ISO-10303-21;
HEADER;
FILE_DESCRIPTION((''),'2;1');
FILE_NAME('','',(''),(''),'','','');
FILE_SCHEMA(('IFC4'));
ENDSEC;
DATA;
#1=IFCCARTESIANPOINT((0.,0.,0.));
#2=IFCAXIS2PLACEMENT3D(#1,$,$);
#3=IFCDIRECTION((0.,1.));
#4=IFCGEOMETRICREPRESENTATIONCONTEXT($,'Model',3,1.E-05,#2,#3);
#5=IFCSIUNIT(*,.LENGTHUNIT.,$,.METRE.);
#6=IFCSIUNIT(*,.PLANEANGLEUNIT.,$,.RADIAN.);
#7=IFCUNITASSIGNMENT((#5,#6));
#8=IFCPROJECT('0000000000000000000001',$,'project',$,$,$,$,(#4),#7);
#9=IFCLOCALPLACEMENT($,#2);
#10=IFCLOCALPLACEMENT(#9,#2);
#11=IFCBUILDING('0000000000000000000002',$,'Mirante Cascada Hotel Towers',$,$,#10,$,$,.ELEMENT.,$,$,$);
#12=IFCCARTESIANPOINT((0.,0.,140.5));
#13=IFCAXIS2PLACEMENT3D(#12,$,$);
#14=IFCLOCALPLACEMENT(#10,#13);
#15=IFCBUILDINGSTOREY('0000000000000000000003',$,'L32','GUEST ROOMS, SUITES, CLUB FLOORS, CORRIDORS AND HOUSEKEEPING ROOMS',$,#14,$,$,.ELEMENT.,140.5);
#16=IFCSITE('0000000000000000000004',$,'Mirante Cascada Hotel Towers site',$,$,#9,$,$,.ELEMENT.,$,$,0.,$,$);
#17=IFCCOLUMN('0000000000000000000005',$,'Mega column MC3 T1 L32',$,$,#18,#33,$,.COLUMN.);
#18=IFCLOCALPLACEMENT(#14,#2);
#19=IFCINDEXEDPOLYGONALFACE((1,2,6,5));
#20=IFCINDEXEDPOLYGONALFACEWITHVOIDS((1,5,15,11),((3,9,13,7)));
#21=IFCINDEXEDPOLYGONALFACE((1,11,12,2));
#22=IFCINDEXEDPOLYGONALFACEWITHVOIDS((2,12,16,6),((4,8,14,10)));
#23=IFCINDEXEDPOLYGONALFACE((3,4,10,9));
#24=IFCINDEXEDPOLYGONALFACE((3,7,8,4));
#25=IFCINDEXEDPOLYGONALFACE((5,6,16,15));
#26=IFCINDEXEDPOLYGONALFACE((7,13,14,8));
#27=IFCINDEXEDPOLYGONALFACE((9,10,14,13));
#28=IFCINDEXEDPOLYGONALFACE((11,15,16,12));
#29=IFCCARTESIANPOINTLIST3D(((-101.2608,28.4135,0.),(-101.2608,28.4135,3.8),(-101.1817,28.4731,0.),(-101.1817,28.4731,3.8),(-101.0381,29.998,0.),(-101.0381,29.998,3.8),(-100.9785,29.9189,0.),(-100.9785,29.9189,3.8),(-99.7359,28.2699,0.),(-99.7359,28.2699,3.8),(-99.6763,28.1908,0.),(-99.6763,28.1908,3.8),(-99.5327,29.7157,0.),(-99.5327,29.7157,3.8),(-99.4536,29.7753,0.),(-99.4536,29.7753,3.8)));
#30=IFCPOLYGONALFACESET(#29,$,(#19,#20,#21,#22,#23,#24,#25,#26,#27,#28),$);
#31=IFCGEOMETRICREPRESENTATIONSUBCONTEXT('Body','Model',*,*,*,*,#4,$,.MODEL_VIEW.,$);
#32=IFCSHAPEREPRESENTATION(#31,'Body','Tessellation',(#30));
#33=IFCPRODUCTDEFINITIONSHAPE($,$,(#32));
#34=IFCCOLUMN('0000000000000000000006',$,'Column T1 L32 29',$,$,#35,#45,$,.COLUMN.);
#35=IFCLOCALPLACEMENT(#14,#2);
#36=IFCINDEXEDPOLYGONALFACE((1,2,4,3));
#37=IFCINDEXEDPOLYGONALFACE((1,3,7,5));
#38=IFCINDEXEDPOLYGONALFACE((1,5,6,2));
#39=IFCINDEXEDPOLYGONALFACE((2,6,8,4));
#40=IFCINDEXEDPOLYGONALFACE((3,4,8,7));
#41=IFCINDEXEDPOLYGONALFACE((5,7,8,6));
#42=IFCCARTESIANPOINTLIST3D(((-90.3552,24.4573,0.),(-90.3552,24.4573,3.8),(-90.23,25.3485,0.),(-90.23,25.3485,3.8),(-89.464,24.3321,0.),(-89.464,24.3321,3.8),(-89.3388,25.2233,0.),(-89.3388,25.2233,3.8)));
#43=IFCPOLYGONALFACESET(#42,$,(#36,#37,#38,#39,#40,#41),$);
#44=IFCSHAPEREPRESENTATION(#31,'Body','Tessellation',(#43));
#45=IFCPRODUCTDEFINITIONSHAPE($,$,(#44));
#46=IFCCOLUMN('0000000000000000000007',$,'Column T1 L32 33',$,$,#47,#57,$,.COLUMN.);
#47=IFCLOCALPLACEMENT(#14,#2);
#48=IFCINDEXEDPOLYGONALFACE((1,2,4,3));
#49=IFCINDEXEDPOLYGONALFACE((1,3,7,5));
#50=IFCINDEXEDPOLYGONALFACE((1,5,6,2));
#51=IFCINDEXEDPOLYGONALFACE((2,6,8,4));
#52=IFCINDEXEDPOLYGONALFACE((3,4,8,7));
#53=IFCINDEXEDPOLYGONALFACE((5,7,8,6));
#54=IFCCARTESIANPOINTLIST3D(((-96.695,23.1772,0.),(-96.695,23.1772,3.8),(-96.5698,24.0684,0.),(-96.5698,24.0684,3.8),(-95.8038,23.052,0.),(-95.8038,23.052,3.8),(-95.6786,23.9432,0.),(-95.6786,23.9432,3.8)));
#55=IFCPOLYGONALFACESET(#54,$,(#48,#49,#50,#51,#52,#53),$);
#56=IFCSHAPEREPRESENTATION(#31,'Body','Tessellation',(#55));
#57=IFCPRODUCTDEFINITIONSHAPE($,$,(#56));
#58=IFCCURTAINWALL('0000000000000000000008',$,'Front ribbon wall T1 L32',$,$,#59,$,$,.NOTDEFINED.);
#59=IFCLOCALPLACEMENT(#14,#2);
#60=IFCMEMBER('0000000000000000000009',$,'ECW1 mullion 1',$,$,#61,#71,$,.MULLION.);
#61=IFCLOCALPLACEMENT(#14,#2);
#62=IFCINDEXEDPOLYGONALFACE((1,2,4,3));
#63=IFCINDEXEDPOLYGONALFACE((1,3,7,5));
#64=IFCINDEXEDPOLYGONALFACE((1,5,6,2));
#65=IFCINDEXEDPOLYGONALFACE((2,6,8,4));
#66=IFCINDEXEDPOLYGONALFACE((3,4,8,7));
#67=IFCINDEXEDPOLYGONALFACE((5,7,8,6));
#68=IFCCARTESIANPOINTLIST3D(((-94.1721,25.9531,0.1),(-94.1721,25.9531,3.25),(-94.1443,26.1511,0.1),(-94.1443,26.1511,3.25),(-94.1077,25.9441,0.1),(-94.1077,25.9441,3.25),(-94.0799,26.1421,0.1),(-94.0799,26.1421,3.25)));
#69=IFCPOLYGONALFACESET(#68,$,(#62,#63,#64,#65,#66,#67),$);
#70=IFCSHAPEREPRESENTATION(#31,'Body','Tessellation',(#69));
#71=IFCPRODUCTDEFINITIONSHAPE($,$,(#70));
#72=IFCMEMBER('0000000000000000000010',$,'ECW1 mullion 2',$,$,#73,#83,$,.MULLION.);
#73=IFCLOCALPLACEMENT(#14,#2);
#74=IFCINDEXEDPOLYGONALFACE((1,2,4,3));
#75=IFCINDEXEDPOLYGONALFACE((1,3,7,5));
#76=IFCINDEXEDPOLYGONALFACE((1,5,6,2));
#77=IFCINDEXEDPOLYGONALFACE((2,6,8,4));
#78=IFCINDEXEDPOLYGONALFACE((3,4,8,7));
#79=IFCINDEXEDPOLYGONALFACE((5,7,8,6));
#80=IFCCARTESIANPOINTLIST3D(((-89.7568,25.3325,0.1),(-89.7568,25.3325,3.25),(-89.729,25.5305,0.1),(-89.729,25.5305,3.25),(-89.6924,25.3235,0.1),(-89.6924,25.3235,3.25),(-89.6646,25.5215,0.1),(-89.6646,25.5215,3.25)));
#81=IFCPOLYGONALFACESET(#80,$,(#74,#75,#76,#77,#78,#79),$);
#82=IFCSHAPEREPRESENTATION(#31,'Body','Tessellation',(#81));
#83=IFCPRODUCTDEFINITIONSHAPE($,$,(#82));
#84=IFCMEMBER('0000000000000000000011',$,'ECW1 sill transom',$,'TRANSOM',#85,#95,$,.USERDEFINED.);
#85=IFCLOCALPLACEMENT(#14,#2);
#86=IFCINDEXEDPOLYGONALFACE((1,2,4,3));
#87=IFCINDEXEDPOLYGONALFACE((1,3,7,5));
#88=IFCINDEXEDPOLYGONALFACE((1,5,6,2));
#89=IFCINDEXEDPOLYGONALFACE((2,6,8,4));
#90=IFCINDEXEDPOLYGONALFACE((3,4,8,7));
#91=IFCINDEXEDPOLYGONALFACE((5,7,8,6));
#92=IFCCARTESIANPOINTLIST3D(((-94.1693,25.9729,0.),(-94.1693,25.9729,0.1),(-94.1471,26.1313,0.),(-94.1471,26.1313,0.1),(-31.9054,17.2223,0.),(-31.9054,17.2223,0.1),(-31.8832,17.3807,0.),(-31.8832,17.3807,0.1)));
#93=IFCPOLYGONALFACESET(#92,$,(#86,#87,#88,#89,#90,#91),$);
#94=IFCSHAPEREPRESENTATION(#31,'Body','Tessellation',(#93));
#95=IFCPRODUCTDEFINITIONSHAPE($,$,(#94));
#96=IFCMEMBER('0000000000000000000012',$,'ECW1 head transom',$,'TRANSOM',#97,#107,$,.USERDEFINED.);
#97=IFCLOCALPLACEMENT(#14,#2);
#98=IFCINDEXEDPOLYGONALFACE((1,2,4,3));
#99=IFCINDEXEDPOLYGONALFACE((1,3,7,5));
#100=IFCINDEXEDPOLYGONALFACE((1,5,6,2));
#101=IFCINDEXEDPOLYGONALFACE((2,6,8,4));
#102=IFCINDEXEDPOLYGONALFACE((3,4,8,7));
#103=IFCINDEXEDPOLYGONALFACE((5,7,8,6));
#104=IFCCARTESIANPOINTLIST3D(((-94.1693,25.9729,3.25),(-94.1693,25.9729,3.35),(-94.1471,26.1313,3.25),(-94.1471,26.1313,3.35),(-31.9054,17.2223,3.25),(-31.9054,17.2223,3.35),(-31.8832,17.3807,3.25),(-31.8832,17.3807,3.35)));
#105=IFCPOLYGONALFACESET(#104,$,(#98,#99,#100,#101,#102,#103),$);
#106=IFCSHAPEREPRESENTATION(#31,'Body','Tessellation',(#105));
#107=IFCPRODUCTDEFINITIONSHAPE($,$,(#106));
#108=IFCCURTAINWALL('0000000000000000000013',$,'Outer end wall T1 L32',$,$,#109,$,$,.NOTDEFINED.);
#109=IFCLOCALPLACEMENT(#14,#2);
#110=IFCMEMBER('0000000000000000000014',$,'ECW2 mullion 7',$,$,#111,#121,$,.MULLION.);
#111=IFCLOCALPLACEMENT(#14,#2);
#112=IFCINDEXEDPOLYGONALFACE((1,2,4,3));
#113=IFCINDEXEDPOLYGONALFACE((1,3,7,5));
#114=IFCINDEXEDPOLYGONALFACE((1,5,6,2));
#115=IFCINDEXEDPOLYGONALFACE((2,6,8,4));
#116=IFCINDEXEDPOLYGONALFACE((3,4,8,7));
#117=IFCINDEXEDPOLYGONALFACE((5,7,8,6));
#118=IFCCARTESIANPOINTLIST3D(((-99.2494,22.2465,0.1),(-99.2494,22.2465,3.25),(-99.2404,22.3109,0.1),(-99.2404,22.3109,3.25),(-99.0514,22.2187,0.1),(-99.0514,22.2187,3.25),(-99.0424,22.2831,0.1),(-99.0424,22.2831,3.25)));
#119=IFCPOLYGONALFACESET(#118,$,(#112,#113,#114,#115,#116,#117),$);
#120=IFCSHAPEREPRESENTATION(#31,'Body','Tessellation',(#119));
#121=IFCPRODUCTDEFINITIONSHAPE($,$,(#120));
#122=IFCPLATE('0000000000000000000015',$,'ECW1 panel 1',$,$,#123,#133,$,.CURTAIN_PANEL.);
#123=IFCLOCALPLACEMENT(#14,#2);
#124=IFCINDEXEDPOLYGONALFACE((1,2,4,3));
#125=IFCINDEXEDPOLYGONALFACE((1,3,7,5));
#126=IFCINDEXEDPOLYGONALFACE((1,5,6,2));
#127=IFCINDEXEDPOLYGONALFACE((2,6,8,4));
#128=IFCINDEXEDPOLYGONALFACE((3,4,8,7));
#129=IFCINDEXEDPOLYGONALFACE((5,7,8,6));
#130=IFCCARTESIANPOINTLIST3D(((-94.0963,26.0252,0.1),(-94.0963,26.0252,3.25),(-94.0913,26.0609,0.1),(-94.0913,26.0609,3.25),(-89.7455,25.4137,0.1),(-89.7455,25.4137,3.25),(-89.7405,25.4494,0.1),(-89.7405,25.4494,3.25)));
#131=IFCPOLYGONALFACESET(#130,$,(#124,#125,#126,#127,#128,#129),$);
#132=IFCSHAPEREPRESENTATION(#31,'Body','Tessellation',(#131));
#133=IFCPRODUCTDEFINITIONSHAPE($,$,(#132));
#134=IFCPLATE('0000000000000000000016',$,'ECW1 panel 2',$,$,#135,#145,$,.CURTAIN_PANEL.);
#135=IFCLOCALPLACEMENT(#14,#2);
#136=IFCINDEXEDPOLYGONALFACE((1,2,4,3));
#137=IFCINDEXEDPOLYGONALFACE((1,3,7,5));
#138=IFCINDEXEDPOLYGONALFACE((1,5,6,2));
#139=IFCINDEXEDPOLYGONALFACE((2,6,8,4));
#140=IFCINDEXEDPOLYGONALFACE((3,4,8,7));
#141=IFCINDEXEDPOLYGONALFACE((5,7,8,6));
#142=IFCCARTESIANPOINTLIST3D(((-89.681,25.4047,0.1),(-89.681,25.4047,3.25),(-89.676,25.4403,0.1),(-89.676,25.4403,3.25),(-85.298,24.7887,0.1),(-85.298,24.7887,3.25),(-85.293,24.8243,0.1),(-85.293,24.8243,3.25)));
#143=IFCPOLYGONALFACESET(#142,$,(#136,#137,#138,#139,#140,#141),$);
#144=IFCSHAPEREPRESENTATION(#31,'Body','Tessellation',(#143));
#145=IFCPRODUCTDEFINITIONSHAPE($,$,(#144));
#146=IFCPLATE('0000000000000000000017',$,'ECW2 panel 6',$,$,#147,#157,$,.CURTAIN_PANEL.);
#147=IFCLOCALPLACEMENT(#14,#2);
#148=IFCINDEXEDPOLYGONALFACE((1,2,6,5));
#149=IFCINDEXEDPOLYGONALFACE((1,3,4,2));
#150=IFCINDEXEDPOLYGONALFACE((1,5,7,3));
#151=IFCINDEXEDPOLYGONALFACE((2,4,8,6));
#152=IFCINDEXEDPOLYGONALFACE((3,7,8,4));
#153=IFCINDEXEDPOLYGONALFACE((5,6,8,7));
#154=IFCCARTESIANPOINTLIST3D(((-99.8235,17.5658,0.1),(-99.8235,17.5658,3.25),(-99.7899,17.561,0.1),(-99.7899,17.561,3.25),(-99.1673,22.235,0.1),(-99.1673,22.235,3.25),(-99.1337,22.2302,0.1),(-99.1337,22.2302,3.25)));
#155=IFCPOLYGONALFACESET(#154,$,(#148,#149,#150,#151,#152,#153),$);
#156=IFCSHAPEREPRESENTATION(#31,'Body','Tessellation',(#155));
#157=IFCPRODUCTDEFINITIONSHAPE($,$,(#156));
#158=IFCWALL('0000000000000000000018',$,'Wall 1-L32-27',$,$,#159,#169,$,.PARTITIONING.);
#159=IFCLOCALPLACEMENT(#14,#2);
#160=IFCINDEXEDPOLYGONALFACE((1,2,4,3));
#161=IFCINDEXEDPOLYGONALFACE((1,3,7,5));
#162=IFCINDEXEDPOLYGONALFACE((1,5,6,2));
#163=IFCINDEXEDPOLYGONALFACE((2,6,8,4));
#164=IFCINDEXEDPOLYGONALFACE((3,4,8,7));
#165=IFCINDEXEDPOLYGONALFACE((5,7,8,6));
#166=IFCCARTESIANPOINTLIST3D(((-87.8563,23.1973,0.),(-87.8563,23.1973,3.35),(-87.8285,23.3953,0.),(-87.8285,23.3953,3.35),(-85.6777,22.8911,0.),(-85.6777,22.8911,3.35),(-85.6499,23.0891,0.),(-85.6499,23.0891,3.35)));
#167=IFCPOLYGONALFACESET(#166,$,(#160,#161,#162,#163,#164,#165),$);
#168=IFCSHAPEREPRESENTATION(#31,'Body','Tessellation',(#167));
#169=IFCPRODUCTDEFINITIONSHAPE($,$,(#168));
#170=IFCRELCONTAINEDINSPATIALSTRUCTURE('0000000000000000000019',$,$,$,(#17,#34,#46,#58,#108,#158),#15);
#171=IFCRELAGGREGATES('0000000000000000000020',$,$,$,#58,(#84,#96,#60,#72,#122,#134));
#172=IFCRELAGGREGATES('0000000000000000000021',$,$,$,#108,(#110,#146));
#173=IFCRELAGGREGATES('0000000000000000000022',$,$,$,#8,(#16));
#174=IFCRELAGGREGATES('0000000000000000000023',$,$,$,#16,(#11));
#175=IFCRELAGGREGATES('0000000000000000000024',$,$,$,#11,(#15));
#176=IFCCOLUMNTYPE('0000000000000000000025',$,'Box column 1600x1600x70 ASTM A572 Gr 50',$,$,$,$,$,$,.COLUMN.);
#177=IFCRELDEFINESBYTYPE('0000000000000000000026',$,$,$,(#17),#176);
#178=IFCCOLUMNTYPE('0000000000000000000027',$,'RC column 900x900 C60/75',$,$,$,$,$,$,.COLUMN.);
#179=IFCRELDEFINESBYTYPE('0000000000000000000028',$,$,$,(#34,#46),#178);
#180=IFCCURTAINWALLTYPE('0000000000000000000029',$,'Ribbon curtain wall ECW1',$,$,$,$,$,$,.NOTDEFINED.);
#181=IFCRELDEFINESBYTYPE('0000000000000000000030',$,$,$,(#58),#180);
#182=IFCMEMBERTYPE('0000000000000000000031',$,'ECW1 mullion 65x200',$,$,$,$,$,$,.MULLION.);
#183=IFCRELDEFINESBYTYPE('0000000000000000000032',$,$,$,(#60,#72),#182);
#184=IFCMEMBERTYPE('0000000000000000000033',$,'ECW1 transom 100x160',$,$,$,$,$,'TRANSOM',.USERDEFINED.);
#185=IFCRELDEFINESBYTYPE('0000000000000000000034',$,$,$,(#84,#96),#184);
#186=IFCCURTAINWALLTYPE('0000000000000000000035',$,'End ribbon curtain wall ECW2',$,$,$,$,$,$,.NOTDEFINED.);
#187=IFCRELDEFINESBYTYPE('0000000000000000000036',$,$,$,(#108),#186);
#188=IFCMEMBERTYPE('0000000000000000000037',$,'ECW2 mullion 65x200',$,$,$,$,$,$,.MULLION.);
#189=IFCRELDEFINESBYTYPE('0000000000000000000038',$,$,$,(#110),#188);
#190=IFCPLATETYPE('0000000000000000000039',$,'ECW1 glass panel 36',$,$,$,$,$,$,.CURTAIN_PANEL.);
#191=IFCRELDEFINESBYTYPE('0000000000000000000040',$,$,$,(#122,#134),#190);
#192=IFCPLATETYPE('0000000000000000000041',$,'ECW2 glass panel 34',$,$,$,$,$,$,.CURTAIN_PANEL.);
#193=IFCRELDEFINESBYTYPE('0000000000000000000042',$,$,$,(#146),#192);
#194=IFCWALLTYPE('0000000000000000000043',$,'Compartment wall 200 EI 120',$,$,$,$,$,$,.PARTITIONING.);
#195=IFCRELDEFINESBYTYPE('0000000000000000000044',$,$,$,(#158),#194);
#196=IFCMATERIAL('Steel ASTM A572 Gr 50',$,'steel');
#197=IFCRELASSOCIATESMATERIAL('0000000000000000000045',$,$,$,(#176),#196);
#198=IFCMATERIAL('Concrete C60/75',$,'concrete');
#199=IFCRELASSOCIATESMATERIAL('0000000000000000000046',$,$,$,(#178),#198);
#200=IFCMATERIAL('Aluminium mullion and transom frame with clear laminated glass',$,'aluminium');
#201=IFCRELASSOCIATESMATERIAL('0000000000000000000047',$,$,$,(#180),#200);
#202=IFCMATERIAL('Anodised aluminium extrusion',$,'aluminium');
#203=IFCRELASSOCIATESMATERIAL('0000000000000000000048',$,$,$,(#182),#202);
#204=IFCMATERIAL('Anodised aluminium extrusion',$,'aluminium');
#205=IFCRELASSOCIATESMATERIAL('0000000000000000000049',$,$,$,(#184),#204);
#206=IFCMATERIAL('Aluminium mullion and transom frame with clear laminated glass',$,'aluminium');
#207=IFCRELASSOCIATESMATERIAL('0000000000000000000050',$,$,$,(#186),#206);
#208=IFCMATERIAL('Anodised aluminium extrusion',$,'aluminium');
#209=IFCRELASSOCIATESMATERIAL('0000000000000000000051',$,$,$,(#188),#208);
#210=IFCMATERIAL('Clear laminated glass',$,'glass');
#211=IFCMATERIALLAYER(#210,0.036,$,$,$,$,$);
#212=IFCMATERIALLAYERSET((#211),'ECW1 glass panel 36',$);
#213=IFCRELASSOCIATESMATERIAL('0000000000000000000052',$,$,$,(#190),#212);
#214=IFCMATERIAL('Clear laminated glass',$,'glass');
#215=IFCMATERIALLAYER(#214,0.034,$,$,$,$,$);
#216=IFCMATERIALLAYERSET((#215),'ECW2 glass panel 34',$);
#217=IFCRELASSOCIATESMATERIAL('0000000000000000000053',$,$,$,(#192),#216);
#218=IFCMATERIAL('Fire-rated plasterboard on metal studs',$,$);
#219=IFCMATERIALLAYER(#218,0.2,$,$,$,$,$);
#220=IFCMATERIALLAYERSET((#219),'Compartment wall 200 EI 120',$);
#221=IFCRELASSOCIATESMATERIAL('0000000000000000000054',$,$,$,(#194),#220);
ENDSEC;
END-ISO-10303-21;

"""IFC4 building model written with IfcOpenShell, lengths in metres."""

from ifc_helpers import new_model, si_unit, direction, frame, frame_2d, origin, origin_2d, place, context, subcontext, project, spatial, rectangle, hollow_rectangle, extrude, material, layer, layer_set, material_profile, profile_set, type_object, element, aggregate, save


model = new_model("IFC4")

# Units and contexts
model_context = context("Model", 3, precision=1e-05, world=origin(), true_north=direction((0.0, 1.0)))
body_context = subcontext(model_context, "Body", "Model", "MODEL_VIEW")
ifc_project = project(units=[si_unit("LENGTHUNIT", "METRE"), si_unit("PLANEANGLEUNIT", "RADIAN")], contexts=[model_context])

# Site, building, storey
site_placement = place(None, origin())
site = spatial("IfcSite", under=ifc_project, at=site_placement, Name="Mirante Cascada Hotel Towers site", CompositionType="ELEMENT", RefElevation=0.0)
building_placement = place(site_placement, origin())
building = spatial("IfcBuilding", under=site, at=building_placement, Name="Mirante Cascada Hotel Towers", CompositionType="ELEMENT")
storey_placement = place(building_placement, frame((0.0, 0.0, 140.5)))
storey = spatial("IfcBuildingStorey", under=building, at=storey_placement, Name="L32", Description="GUEST ROOMS, SUITES, CLUB FLOORS, CORRIDORS AND HOUSEKEEPING ROOMS", CompositionType="ELEMENT", Elevation=140.5)

# Columns
ifc_material_1 = material(Name="Steel ASTM A572 Gr 50", Category="steel")
ifc_material_profile_1 = material_profile(ifc_material_1, hollow_rectangle(XDim=1.6, YDim=1.6, WallThickness=0.07, at=origin_2d()), Name="Box column 1600x1600x70 ASTM A572 Gr 50")
ifc_profile_set_1 = profile_set([ifc_material_profile_1], Name="Steel ASTM A572 Gr 50")
column_type_1 = type_object("IfcColumnType", Name="Box column 1600x1600x70 ASTM A572 Gr 50", PredefinedType="COLUMN", material=ifc_profile_set_1)
column_placement = place(storey_placement, frame((-100.3572, 29.0944, 0.0), z_axis=(0.0, 0.0, 1.0), x_axis=(-0.990268, 0.139173, 0.0)))
element("IfcColumn", 1, at=column_placement, inside=storey, type_object=column_type_1, Name="Mega column MC3 T1 L32", PredefinedType="COLUMN", context=body_context, shape_type="SweptSolid", body=[
    extrude(hollow_rectangle(XDim=1.6, YDim=1.6, WallThickness=0.07, at=origin_2d()), origin(), (0.0, 0.0, 1.0), 3.8),
])
ifc_material_2 = material(Name="Concrete C60/75", Category="concrete")
ifc_material_profile_2 = material_profile(ifc_material_2, rectangle(XDim=0.9, YDim=0.9, at=origin_2d()), Name="RC column 900x900 C60/75")
ifc_profile_set_2 = profile_set([ifc_material_profile_2], Name="Concrete C60/75")
column_type_2 = type_object("IfcColumnType", Name="RC column 900x900 C60/75", PredefinedType="COLUMN", material=ifc_profile_set_2)
for number, where, z_axis, x_axis, name in (
    (2, (-89.847, 24.8403, 0.0), (0.0, 0.0, 1.0), (-0.990268, 0.139173, 0.0), "Column T1 L32 29"),
    (3, (-96.1868, 23.5602, 0.0), (0.0, 0.0, 1.0), (-0.990268, 0.139173, 0.0), "Column T1 L32 33"),
):
    element("IfcColumn", number, at=place(storey_placement, frame(where, z_axis=z_axis, x_axis=x_axis)), inside=storey, type_object=column_type_2, Name=name, PredefinedType="COLUMN", context=body_context, shape_type="SweptSolid", body=[
        extrude(rectangle(XDim=0.9, YDim=0.9, at=origin_2d()), origin(), (0.0, 0.0, 1.0), 3.8),
    ])

# Curtain wall, members
ifc_material_3 = material(Name="Aluminium mullion and transom frame with clear laminated glass", Category="aluminium")
curtain_wall_type_1 = type_object("IfcCurtainWallType", Name="Ribbon curtain wall ECW1", PredefinedType="NOTDEFINED", material=ifc_material_3)
curtain_wall_1_placement = place(storey_placement, origin())
curtain_wall_1 = element("IfcCurtainWall", 4, at=curtain_wall_1_placement, inside=storey, type_object=curtain_wall_type_1, Name="Front ribbon wall T1 L32", PredefinedType="NOTDEFINED")
ifc_material_4 = material(Name="Anodised aluminium extrusion", Category="aluminium")
ifc_material_profile_3 = material_profile(ifc_material_4, rectangle(XDim=0.2, YDim=0.065, at=origin_2d()), Name="ECW1 MULLION 65x200")
ifc_profile_set_3 = profile_set([ifc_material_profile_3], Name="Anodised aluminium extrusion")
member_type_1 = type_object("IfcMemberType", Name="ECW1 mullion 65x200", PredefinedType="MULLION", material=ifc_profile_set_3)
member_1_placement = place(storey_placement, frame((-94.126, 26.0476, 0.1), z_axis=(0.0, 0.0, 1.0), x_axis=(0.139173, 0.990268, 0.0)))
member_1 = element("IfcMember", 5, at=member_1_placement, type_object=member_type_1, Name="ECW1 mullion 1", PredefinedType="MULLION", context=body_context, shape_type="SweptSolid", body=[
    extrude(rectangle(XDim=0.2, YDim=0.065, at=origin_2d()), origin(), (0.0, 0.0, 1.0), 3.15),
])
member_2_placement = place(storey_placement, frame((-89.7107, 25.427, 0.1), z_axis=(0.0, 0.0, 1.0), x_axis=(0.139173, 0.990268, 0.0)))
member_2 = element("IfcMember", 6, at=member_2_placement, type_object=member_type_1, Name="ECW1 mullion 2", PredefinedType="MULLION", context=body_context, shape_type="SweptSolid", body=[
    extrude(rectangle(XDim=0.2, YDim=0.065, at=origin_2d()), origin(), (0.0, 0.0, 1.0), 3.15),
])
ifc_material_5 = material(Name="Anodised aluminium extrusion", Category="aluminium")
ifc_material_profile_4 = material_profile(ifc_material_5, rectangle(XDim=0.16, YDim=0.1, at=origin_2d()), Name="ECW1 TRANSOM 100x160")
ifc_profile_set_4 = profile_set([ifc_material_profile_4], Name="Anodised aluminium extrusion")
member_type_2 = type_object("IfcMemberType", Name="ECW1 transom 100x160", ElementType="TRANSOM", PredefinedType="USERDEFINED", material=ifc_profile_set_4)
member_3_placement = place(storey_placement, frame((-94.1582, 26.0521, 0.05), z_axis=(0.990268, -0.139173, 0.0), x_axis=(0.139173, 0.990268, 0.0)))
member_3 = element("IfcMember", 7, at=member_3_placement, type_object=member_type_2, Name="ECW1 sill transom", ObjectType="TRANSOM", PredefinedType="USERDEFINED", context=body_context, shape_type="SweptSolid", body=[
    extrude(rectangle(XDim=0.16, YDim=0.1, at=origin_2d()), origin(), (0.0, 0.0, 1.0), 62.8758),
])
member_4_placement = place(storey_placement, frame((-94.1582, 26.0521, 3.3), z_axis=(0.990268, -0.139173, 0.0), x_axis=(0.139173, 0.990268, 0.0)))
member_4 = element("IfcMember", 8, at=member_4_placement, type_object=member_type_2, Name="ECW1 head transom", ObjectType="TRANSOM", PredefinedType="USERDEFINED", context=body_context, shape_type="SweptSolid", body=[
    extrude(rectangle(XDim=0.16, YDim=0.1, at=origin_2d()), origin(), (0.0, 0.0, 1.0), 62.8758),
])

# Curtain wall, member
ifc_material_6 = material(Name="Aluminium mullion and transom frame with clear laminated glass", Category="aluminium")
curtain_wall_type_2 = type_object("IfcCurtainWallType", Name="End ribbon curtain wall ECW2", PredefinedType="NOTDEFINED", material=ifc_material_6)
curtain_wall_2_placement = place(storey_placement, origin())
curtain_wall_2 = element("IfcCurtainWall", 9, at=curtain_wall_2_placement, inside=storey, type_object=curtain_wall_type_2, Name="Outer end wall T1 L32", PredefinedType="NOTDEFINED")
ifc_material_7 = material(Name="Anodised aluminium extrusion", Category="aluminium")
ifc_material_profile_5 = material_profile(ifc_material_7, rectangle(XDim=0.2, YDim=0.065, at=origin_2d()), Name="ECW2 MULLION 65x200")
ifc_profile_set_5 = profile_set([ifc_material_profile_5], Name="Anodised aluminium extrusion")
member_type_3 = type_object("IfcMemberType", Name="ECW2 mullion 65x200", PredefinedType="MULLION", material=ifc_profile_set_5)
member_5_placement = place(storey_placement, frame((-99.1459, 22.2648, 0.1), z_axis=(0.0, 0.0, 1.0), x_axis=(-0.990268, 0.139173, 0.0)))
member_5 = element("IfcMember", 10, at=member_5_placement, type_object=member_type_3, Name="ECW2 mullion 7", PredefinedType="MULLION", context=body_context, shape_type="SweptSolid", body=[
    extrude(rectangle(XDim=0.2, YDim=0.065, at=origin_2d()), origin(), (0.0, 0.0, 1.0), 3.15),
])

# Plates
ifc_material_8 = material(Name="Clear laminated glass", Category="glass")
ifc_layer_1 = layer(ifc_material_8, 0.036)
ifc_layer_set_1 = layer_set([ifc_layer_1], Name="ECW1 glass panel 36")
plate_type_1 = type_object("IfcPlateType", Name="ECW1 glass panel 36", PredefinedType="CURTAIN_PANEL", material=ifc_layer_set_1)
plate_1_placement = place(storey_placement, frame((-91.9184, 25.7373, 0.1), z_axis=(0.0, 0.0, 1.0), x_axis=(0.990268, -0.139173, 0.0)))
plate_1 = element("IfcPlate", 11, at=plate_1_placement, type_object=plate_type_1, Name="ECW1 panel 1", PredefinedType="CURTAIN_PANEL", context=body_context, shape_type="SweptSolid", body=[
    extrude(rectangle(XDim=4.3936, YDim=0.036, at=origin_2d()), origin(), (0.0, 0.0, 1.0), 3.15),
])
plate_2_placement = place(storey_placement, frame((-87.487, 25.1145, 0.1), z_axis=(0.0, 0.0, 1.0), x_axis=(0.990268, -0.139173, 0.0)))
plate_2 = element("IfcPlate", 12, at=plate_2_placement, type_object=plate_type_1, Name="ECW1 panel 2", PredefinedType="CURTAIN_PANEL", context=body_context, shape_type="SweptSolid", body=[
    extrude(rectangle(XDim=4.4261, YDim=0.036, at=origin_2d()), origin(), (0.0, 0.0, 1.0), 3.15),
])
aggregate(curtain_wall_1, [member_3, member_4, member_1, member_2, plate_1, plate_2])
ifc_material_9 = material(Name="Clear laminated glass", Category="glass")
ifc_layer_2 = layer(ifc_material_9, 0.034)
ifc_layer_set_2 = layer_set([ifc_layer_2], Name="ECW2 glass panel 34")
plate_type_2 = type_object("IfcPlateType", Name="ECW2 glass panel 34", PredefinedType="CURTAIN_PANEL", material=ifc_layer_set_2)
plate_3_placement = place(storey_placement, frame((-99.4786, 19.898, 0.1), z_axis=(0.0, 0.0, 1.0), x_axis=(0.139173, 0.990268, 0.0)))
plate_3 = element("IfcPlate", 13, at=plate_3_placement, type_object=plate_type_2, Name="ECW2 panel 6", PredefinedType="CURTAIN_PANEL", context=body_context, shape_type="SweptSolid", body=[
    extrude(rectangle(XDim=4.7151, YDim=0.034, at=origin_2d()), origin(), (0.0, 0.0, 1.0), 3.15),
])
aggregate(curtain_wall_2, [member_5, plate_3])

# Wall
ifc_material_10 = material(Name="Fire-rated plasterboard on metal studs")
ifc_layer_3 = layer(ifc_material_10, 0.2)
ifc_layer_set_3 = layer_set([ifc_layer_3], Name="Compartment wall 200 EI 120")
wall_type_1 = type_object("IfcWallType", Name="Compartment wall 200 EI 120", PredefinedType="PARTITIONING", material=ifc_layer_set_3)
wall_1_placement = place(storey_placement, frame((-85.6638, 22.9901, 0.0), z_axis=(0.0, 0.0, 1.0), x_axis=(-0.990267, 0.139181, 0.0)))
element("IfcWall", 14, at=wall_1_placement, inside=storey, type_object=wall_type_1, Name="Wall 1-L32-27", PredefinedType="PARTITIONING", context=body_context, shape_type="SweptSolid", body=[
    extrude(rectangle(XDim=2.2, YDim=0.2, at=frame_2d((1.1, 0.0))), origin(), (0.0, 0.0, 1.0), 3.35),
])

save(model, "model.ifc")
